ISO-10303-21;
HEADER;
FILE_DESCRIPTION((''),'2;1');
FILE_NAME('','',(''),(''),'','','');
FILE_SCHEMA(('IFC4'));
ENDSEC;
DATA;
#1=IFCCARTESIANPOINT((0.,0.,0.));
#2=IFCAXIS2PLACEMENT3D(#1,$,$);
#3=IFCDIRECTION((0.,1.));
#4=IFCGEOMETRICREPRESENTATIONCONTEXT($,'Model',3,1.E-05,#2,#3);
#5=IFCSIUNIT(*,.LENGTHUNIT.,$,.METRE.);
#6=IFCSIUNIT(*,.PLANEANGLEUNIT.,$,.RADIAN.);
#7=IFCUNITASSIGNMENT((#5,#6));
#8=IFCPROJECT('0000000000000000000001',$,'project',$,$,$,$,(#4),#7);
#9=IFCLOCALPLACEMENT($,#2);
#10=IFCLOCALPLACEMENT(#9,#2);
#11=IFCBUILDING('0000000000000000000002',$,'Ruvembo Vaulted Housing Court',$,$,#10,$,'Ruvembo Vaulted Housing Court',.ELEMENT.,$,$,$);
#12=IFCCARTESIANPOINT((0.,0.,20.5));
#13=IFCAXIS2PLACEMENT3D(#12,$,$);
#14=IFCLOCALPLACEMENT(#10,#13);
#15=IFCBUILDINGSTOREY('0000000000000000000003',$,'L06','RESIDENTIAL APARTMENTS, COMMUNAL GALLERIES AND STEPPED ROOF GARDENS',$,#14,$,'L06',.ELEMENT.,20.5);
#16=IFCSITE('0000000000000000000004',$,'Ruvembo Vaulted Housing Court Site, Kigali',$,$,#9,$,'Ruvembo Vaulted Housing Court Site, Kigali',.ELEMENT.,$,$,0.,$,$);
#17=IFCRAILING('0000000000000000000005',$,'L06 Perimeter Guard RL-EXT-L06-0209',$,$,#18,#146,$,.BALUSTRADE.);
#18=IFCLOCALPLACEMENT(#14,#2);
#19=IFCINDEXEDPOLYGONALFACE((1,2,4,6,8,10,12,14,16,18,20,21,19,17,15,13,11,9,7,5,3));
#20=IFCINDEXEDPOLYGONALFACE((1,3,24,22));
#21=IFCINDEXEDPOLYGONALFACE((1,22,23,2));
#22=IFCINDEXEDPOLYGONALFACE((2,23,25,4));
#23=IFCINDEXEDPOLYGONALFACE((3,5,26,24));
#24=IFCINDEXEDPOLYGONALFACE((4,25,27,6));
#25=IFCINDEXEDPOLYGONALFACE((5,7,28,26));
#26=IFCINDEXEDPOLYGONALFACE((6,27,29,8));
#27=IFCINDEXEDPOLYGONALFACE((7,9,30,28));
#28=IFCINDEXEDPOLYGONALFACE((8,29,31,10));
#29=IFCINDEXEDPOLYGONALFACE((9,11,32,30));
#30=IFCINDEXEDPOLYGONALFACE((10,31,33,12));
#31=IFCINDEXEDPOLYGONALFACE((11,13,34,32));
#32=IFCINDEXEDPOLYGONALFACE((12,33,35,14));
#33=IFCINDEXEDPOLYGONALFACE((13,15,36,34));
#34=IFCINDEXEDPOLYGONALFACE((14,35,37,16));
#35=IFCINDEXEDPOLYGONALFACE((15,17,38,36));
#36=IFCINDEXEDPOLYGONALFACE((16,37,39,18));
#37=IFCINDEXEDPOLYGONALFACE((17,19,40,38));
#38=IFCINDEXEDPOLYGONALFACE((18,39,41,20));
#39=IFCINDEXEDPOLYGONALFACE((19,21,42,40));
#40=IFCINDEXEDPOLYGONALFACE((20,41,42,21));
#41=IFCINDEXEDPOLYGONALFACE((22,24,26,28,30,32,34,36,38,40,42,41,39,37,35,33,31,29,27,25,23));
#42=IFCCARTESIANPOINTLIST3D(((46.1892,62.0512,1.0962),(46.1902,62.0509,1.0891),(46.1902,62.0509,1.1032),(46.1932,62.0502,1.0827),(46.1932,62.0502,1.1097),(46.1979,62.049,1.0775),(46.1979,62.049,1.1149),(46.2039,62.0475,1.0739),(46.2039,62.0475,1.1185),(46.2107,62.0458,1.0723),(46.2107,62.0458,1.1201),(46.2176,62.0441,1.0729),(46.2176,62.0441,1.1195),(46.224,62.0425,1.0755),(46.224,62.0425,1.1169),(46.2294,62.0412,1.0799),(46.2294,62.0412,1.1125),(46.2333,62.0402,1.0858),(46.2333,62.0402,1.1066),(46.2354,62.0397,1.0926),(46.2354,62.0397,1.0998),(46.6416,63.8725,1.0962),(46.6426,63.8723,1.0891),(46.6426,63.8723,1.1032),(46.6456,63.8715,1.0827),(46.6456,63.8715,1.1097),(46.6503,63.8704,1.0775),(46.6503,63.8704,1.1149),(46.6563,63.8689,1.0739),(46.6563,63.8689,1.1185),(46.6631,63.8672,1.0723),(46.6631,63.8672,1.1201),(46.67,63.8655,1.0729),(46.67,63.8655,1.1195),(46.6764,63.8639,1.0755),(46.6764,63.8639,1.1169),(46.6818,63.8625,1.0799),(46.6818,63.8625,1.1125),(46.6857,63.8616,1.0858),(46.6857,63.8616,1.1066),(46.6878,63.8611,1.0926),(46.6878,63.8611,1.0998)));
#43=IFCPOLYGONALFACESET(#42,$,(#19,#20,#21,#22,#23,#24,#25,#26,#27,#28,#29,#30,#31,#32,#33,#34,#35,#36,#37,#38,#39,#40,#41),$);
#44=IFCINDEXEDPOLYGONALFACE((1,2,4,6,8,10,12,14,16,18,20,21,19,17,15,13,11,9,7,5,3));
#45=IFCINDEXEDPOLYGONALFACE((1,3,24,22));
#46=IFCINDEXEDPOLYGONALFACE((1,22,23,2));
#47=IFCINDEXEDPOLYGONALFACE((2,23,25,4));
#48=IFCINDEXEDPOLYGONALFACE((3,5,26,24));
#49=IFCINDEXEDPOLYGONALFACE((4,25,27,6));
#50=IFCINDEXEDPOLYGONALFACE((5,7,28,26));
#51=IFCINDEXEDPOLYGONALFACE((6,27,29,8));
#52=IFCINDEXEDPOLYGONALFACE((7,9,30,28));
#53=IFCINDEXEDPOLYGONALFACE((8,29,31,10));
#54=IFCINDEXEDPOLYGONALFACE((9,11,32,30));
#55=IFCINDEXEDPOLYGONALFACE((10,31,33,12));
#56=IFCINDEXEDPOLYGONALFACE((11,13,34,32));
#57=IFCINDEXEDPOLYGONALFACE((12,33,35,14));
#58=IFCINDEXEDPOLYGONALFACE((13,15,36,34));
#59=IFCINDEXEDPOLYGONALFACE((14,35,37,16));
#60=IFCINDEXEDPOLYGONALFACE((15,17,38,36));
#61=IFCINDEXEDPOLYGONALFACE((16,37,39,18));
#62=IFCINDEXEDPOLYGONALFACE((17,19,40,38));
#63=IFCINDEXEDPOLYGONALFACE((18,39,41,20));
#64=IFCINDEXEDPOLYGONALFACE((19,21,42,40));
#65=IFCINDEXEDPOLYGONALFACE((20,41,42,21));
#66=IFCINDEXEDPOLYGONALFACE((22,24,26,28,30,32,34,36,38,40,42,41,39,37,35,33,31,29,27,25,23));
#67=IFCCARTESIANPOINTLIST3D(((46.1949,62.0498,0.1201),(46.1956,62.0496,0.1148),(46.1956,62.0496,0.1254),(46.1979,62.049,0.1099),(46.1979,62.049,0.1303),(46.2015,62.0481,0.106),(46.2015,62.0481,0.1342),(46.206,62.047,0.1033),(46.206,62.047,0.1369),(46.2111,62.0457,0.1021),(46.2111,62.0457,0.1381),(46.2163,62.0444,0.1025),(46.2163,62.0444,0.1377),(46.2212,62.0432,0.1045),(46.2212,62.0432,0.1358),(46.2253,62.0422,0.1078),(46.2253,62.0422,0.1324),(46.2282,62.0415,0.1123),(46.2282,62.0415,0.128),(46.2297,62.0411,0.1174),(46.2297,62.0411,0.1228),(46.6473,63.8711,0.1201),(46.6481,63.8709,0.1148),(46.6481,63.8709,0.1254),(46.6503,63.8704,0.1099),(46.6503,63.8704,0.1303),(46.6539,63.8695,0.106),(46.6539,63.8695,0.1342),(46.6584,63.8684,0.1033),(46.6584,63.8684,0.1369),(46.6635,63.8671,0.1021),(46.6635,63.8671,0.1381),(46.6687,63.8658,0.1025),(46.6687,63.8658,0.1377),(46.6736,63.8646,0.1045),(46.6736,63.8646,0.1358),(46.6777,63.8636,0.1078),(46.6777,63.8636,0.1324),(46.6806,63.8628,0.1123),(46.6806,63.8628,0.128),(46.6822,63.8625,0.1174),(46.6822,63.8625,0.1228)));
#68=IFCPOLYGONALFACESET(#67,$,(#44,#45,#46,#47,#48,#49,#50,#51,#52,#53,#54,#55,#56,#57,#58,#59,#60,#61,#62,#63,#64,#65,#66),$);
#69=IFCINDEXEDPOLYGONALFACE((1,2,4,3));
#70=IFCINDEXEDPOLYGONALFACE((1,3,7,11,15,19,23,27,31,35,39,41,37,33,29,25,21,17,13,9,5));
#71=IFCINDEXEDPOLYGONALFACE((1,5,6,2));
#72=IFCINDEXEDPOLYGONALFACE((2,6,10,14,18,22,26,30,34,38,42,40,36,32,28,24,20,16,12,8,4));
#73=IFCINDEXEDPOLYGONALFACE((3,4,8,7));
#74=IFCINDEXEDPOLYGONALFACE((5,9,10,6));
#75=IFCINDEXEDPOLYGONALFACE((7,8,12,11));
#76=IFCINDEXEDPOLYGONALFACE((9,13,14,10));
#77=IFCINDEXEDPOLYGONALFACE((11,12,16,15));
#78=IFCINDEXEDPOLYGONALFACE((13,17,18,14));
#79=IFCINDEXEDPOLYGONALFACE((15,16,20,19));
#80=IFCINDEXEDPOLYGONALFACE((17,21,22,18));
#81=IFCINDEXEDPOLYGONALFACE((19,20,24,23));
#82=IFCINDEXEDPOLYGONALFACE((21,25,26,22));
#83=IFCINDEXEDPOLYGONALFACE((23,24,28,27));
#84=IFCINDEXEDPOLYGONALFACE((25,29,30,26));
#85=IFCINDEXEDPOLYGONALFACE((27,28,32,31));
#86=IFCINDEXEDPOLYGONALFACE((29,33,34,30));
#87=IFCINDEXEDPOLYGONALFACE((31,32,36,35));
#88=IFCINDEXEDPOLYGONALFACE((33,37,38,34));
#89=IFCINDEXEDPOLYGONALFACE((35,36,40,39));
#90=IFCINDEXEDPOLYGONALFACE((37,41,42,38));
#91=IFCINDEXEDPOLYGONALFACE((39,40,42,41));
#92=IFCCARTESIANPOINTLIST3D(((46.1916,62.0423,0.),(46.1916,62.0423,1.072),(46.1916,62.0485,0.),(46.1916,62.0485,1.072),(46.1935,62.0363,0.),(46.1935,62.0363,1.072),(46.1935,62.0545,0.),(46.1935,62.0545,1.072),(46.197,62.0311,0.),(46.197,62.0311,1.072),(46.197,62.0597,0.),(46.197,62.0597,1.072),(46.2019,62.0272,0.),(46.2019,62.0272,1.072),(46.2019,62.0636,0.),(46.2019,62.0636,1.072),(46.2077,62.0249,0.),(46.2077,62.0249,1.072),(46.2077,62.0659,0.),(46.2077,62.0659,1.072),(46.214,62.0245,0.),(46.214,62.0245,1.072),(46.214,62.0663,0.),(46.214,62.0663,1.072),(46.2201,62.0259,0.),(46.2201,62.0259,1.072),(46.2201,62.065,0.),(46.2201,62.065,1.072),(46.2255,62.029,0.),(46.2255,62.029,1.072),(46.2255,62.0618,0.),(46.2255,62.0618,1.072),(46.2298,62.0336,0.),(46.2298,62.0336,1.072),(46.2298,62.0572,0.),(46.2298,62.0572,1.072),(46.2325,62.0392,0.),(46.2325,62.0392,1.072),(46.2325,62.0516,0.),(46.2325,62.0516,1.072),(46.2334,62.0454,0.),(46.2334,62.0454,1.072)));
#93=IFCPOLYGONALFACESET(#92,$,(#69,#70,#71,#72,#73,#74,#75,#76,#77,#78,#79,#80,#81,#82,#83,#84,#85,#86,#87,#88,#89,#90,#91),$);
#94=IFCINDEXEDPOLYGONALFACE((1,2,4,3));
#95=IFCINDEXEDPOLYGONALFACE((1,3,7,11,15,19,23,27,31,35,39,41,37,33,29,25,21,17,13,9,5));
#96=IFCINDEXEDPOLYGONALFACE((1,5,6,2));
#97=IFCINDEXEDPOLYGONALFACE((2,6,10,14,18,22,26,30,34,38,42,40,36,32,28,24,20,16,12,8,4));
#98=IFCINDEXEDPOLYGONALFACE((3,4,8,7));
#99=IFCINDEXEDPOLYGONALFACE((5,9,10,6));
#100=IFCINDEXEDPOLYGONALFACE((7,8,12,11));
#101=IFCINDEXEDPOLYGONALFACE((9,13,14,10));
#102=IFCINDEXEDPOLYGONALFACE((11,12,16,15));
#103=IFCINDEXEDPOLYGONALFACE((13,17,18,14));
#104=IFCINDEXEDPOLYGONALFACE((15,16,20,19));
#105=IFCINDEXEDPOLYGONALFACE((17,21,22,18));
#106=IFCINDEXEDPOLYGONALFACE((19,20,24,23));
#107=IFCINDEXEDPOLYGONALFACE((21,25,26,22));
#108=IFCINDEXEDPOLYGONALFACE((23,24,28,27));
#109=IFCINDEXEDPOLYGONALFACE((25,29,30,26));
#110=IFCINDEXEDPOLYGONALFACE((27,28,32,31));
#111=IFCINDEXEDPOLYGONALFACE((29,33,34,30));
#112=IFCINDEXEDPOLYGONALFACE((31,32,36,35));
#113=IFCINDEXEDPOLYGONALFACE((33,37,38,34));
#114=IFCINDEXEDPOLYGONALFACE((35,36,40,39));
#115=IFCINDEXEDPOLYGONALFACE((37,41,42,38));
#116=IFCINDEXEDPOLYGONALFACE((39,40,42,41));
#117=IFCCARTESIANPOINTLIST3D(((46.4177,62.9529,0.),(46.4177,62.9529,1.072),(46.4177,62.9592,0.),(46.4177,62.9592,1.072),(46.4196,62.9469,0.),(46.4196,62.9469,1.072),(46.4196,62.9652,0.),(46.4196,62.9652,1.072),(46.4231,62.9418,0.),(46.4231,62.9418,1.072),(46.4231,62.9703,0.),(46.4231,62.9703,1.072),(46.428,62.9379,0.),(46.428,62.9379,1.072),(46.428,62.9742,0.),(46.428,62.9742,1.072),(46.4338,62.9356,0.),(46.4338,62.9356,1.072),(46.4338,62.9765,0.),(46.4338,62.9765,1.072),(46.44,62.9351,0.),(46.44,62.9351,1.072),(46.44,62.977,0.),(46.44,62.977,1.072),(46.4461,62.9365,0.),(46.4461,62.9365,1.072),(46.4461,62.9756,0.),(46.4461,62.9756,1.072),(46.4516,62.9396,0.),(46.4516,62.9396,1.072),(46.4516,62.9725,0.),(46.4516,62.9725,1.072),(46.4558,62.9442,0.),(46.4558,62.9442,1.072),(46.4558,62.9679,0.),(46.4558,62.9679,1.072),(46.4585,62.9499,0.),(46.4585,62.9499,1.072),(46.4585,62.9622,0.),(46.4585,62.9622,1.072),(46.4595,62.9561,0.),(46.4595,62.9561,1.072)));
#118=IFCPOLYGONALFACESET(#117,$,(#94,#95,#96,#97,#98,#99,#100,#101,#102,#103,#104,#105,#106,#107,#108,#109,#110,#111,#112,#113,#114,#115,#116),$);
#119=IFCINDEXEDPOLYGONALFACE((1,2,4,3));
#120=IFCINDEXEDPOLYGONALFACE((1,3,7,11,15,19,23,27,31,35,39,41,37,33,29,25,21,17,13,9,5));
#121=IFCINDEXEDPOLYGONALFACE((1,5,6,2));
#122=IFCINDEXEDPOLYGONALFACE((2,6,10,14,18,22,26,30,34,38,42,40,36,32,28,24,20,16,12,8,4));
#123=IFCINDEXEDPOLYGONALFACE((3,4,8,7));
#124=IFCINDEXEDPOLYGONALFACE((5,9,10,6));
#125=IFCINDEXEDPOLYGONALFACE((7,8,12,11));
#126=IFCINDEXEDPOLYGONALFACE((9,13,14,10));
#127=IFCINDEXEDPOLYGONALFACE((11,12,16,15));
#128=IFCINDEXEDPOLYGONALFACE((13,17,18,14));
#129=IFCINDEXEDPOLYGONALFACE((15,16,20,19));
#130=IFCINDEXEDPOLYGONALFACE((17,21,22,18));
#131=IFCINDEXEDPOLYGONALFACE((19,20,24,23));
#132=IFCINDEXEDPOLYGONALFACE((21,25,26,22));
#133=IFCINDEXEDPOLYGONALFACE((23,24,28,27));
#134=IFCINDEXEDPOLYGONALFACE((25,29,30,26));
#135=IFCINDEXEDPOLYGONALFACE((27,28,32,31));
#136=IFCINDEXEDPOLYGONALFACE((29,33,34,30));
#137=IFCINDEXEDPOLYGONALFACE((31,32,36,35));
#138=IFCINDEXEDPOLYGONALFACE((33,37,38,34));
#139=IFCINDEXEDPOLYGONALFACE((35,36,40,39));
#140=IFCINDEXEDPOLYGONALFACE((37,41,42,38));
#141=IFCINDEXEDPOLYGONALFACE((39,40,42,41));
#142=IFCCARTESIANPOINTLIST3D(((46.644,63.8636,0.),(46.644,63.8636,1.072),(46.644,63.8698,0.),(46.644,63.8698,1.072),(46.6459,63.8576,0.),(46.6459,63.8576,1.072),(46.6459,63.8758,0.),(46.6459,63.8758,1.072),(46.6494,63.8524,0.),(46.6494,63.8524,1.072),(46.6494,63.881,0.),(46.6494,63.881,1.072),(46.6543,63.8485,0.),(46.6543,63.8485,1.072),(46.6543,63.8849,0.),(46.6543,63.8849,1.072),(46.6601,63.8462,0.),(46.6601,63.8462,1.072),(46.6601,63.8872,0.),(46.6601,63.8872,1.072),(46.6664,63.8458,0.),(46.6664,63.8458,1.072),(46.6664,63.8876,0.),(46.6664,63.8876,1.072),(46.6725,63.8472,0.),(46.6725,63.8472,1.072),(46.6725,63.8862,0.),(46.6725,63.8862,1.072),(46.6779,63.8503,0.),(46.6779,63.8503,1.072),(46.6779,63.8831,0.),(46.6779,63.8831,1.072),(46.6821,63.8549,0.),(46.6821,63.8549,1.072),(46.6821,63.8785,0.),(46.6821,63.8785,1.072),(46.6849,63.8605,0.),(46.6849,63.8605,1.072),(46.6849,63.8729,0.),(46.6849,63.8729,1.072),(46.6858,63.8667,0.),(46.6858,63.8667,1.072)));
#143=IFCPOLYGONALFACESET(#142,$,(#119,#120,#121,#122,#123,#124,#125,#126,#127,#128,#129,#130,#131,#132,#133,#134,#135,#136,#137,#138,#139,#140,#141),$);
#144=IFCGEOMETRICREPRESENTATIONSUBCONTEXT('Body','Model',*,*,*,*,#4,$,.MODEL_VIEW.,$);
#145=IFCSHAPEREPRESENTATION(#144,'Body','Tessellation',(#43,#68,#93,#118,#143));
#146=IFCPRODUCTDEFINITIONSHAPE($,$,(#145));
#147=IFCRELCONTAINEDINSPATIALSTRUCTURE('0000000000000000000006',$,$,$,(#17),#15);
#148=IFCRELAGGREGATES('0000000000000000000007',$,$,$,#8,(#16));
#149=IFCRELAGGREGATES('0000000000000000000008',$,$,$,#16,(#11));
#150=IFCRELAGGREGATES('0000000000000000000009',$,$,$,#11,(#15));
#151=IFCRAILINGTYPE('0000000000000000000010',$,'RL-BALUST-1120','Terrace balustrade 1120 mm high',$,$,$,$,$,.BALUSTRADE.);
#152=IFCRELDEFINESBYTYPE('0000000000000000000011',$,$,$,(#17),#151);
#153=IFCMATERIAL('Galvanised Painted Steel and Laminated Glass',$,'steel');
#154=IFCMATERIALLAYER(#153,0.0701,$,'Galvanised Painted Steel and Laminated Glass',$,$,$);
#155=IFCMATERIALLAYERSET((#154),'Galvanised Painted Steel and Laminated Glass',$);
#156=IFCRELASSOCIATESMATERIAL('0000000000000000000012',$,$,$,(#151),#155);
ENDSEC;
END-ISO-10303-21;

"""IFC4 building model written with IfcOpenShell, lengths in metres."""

from ifc_helpers import new_model, si_unit, direction, frame, origin, origin_2d, place, context, subcontext, project, spatial, circle, extrude, material, layer, layer_set, type_object, element, save


model = new_model("IFC4")

# Units and contexts
model_context = context("Model", 3, precision=1e-05, world=origin(), true_north=direction((0.0, 1.0)))
body_context = subcontext(model_context, "Body", "Model", "MODEL_VIEW")
ifc_project = project(units=[si_unit("LENGTHUNIT", "METRE"), si_unit("PLANEANGLEUNIT", "RADIAN")], contexts=[model_context])

# Site, building, storey
site_placement = place(None, origin())
site = spatial("IfcSite", under=ifc_project, at=site_placement, Name="Ruvembo Vaulted Housing Court Site, Kigali", LongName="Ruvembo Vaulted Housing Court Site, Kigali", CompositionType="ELEMENT", RefElevation=0.0)
building_placement = place(site_placement, origin())
building = spatial("IfcBuilding", under=site, at=building_placement, Name="Ruvembo Vaulted Housing Court", LongName="Ruvembo Vaulted Housing Court", CompositionType="ELEMENT")
storey_placement = place(building_placement, frame((0.0, 0.0, 20.5)))
storey = spatial("IfcBuildingStorey", under=building, at=storey_placement, Name="L06", Description="RESIDENTIAL APARTMENTS, COMMUNAL GALLERIES AND STEPPED ROOF GARDENS", LongName="L06", CompositionType="ELEMENT", Elevation=20.5)

# Railing
ifc_material_1 = material(Name="Galvanised Painted Steel and Laminated Glass", Category="steel")
ifc_layer_1 = layer(ifc_material_1, 0.0701, Name="Galvanised Painted Steel and Laminated Glass")
ifc_layer_set_1 = layer_set([ifc_layer_1], Name="Galvanised Painted Steel and Laminated Glass")
railing_type = type_object("IfcRailingType", Name="RL-BALUST-1120", Description="Terrace balustrade 1120 mm high", PredefinedType="BALUSTRADE", material=ifc_layer_set_1)
railing_1_placement = place(storey_placement, frame((46.2124, 62.0454, 0.0)))
element("IfcRailing", 1, at=railing_1_placement, inside=storey, type_object=railing_type, Name="L06 Perimeter Guard RL-EXT-L06-0209", PredefinedType="BALUSTRADE", context=body_context, shape_type="SweptSolid", body=[
    extrude(circle(Radius=0.0239, at=origin_2d()), frame((0.0, 0.0, 1.0962), z_axis=(0.241066, 0.970509, 0.0), x_axis=(-0.970509, 0.241066, 0.0)), (0.0, 0.0, 1.0), 1.8767),
    extrude(circle(Radius=0.0181, at=origin_2d()), frame((0.0, 0.0, 0.1201), z_axis=(0.241066, 0.970509, 0.0), x_axis=(-0.970509, 0.241066, 0.0)), (0.0, 0.0, 1.0), 1.8767),
    extrude(circle(Radius=0.021, at=origin_2d()), origin(), (0.0, 0.0, 1.0), 1.072),
    extrude(circle(Radius=0.021, at=origin_2d()), frame((0.2261, 0.9106, 0.0)), (0.0, 0.0, 1.0), 1.072),
    extrude(circle(Radius=0.021, at=origin_2d()), frame((0.4524, 1.8213, 0.0)), (0.0, 0.0, 1.0), 1.072),
])

save(model, "model.ifc")
